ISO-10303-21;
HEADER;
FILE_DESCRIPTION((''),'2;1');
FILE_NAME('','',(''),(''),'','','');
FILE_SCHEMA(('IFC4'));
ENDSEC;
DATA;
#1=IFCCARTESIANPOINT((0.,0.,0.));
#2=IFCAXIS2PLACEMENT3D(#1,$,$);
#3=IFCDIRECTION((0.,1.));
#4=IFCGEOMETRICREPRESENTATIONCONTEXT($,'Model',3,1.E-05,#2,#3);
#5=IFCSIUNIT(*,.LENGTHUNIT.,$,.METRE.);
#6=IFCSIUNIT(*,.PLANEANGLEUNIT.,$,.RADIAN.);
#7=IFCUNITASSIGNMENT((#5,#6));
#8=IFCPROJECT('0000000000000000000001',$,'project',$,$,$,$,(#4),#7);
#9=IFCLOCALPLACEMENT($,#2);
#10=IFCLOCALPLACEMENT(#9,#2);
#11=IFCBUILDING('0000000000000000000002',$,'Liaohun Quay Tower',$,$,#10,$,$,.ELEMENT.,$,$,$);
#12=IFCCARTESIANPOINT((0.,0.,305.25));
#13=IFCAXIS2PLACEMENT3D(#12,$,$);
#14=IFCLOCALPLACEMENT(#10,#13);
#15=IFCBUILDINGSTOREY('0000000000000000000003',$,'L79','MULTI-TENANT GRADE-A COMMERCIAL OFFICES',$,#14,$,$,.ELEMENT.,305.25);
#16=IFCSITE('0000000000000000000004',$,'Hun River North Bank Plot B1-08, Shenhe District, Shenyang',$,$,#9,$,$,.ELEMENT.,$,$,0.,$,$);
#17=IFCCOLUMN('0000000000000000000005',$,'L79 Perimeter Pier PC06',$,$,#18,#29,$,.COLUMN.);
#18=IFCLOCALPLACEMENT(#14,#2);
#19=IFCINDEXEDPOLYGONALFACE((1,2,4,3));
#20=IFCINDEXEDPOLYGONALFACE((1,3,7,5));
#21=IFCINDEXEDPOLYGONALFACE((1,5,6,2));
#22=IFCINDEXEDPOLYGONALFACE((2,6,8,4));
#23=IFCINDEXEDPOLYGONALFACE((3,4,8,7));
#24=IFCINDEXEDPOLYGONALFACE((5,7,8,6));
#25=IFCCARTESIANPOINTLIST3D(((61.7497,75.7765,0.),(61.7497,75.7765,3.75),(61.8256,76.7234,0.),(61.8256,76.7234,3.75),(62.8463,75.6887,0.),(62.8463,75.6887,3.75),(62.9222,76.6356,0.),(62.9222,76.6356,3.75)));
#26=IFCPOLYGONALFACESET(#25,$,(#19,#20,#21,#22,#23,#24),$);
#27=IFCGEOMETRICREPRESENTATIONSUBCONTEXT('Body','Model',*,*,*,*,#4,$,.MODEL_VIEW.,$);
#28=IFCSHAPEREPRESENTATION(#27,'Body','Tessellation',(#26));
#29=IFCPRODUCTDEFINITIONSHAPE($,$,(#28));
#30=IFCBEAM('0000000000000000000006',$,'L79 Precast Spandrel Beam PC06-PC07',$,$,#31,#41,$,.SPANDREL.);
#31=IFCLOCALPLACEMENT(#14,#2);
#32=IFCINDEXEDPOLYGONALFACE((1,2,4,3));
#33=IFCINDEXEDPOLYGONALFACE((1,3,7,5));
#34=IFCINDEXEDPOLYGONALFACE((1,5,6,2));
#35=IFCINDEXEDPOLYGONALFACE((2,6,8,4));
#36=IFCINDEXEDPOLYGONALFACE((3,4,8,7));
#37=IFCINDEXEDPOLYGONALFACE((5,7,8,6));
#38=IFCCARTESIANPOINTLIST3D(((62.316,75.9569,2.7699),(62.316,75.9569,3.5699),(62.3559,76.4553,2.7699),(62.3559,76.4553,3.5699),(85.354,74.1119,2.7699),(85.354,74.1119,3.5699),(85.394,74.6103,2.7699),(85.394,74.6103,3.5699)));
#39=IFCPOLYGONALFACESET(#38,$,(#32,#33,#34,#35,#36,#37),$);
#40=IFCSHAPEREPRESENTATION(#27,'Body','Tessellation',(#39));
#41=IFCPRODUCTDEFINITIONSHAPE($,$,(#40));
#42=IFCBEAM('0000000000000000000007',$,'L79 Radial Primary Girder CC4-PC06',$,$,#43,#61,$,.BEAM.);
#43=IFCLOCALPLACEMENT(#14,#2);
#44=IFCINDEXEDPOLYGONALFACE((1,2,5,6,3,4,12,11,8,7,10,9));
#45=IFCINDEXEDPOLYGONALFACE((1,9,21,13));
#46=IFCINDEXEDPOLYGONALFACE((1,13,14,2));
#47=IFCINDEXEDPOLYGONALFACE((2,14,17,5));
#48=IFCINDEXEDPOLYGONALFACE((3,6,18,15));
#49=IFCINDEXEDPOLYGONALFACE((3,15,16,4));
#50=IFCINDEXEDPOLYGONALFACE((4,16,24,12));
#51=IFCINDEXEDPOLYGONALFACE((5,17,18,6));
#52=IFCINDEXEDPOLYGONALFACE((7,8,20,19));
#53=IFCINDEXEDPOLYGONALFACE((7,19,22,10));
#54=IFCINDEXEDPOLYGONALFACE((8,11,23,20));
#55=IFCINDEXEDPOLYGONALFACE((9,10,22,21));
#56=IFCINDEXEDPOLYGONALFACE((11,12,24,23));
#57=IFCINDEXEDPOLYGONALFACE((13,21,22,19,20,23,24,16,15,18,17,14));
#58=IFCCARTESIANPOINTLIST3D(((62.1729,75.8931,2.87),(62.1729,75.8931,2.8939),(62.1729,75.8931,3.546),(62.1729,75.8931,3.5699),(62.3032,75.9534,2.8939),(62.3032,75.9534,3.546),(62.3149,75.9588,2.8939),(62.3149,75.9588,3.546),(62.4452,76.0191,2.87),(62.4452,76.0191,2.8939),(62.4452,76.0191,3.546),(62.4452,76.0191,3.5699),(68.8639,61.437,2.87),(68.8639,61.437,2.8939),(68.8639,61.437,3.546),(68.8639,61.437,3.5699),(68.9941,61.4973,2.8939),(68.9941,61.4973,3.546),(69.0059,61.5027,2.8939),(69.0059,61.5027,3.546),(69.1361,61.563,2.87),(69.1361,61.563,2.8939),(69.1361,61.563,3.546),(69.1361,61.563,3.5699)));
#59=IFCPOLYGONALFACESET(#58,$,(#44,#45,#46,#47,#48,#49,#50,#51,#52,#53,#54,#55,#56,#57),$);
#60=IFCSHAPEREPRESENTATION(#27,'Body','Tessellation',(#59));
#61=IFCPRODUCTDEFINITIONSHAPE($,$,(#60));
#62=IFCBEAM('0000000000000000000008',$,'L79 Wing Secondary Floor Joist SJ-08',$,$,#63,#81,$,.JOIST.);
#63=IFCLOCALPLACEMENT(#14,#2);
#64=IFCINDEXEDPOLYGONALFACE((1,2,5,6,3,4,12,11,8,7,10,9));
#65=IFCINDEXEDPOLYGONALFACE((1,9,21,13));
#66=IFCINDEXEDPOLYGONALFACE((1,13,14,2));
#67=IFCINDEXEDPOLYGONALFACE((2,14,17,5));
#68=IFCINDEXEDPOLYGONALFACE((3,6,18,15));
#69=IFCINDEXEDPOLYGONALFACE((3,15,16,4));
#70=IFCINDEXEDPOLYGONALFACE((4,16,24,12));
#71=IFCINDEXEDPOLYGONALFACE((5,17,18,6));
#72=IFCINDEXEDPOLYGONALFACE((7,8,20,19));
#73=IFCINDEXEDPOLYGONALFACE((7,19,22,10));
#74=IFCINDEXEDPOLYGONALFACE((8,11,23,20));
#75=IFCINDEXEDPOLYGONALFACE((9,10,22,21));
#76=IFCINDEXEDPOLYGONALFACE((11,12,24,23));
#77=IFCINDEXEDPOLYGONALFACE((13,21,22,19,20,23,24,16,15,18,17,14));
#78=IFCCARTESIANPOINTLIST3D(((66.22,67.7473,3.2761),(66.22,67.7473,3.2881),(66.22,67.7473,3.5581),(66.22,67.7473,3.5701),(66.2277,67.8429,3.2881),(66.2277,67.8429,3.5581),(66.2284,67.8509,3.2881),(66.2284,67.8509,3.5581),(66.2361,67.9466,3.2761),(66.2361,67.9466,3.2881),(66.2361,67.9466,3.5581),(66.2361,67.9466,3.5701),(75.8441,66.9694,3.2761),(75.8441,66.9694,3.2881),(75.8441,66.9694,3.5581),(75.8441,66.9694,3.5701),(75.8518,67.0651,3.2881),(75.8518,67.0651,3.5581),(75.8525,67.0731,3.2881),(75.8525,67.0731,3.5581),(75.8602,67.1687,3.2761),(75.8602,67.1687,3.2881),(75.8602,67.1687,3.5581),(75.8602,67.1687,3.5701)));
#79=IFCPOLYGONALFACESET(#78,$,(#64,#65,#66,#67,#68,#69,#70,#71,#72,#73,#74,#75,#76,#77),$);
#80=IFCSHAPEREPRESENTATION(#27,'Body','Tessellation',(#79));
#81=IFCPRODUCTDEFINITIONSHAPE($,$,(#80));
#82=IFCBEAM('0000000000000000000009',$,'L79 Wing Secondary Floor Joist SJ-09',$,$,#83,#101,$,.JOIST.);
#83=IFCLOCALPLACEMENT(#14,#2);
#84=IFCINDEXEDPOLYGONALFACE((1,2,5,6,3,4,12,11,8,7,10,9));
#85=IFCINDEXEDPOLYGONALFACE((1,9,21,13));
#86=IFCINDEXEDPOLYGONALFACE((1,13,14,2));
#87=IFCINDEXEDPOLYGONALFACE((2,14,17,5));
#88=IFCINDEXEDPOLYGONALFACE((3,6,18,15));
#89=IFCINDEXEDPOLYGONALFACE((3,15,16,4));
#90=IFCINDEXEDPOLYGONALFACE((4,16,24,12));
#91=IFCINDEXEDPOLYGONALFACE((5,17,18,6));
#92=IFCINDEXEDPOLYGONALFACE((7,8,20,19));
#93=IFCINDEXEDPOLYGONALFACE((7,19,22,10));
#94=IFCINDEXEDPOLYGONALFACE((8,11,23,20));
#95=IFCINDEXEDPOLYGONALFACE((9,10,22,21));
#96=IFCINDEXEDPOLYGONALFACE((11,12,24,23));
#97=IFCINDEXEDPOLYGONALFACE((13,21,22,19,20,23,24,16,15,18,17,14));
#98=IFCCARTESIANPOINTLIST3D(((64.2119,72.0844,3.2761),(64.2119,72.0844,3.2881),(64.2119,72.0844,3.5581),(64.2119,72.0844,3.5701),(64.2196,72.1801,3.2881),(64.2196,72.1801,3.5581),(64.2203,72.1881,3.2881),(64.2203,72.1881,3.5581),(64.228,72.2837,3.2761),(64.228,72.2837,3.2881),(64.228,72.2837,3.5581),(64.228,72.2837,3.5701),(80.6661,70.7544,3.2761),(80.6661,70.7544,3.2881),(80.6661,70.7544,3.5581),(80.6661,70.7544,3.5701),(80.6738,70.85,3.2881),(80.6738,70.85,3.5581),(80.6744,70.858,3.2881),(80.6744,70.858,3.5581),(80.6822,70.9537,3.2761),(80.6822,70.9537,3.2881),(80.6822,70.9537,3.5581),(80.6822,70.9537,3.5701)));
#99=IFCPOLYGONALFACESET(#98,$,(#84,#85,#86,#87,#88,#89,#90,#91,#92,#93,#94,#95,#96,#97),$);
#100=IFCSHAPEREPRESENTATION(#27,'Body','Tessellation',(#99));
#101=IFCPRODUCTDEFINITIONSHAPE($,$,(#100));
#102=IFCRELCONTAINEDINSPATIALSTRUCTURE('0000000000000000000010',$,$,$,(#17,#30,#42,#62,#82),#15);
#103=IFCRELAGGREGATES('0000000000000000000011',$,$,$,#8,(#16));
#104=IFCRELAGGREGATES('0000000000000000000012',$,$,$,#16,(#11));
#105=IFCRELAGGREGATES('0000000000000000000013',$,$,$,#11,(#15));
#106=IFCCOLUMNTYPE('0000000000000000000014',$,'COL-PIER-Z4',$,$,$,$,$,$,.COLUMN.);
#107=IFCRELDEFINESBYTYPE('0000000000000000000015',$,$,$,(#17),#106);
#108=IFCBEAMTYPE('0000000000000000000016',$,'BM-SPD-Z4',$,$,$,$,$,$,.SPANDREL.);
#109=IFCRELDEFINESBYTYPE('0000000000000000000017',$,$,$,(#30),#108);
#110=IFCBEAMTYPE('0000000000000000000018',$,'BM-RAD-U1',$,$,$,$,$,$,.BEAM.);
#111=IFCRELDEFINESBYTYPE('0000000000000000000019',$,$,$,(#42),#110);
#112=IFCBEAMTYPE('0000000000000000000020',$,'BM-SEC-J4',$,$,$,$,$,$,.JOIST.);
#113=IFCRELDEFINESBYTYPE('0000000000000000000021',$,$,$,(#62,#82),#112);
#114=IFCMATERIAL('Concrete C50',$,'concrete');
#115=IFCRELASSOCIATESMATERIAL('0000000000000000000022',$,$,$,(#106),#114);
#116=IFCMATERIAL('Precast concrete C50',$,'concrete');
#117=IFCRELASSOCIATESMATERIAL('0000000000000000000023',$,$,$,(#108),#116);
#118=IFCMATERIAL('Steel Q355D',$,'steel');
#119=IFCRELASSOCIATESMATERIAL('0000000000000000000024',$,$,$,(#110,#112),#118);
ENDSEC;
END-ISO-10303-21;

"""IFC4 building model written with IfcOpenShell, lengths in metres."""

from ifc_helpers import new_model, si_unit, direction, frame, origin, origin_2d, place, context, subcontext, project, spatial, rectangle, i_section, extrude, source, transform, mapped, material, material_profile, profile_set, type_object, element, save


model = new_model("IFC4")

# Units and contexts
model_context = context("Model", 3, precision=1e-05, world=origin(), true_north=direction((0.0, 1.0)))
body_context = subcontext(model_context, "Body", "Model", "MODEL_VIEW")
ifc_project = project(units=[si_unit("LENGTHUNIT", "METRE"), si_unit("PLANEANGLEUNIT", "RADIAN")], contexts=[model_context])

# Site, building, storey
site_placement = place(None, origin())
site = spatial("IfcSite", under=ifc_project, at=site_placement, Name="Hun River North Bank Plot B1-08, Shenhe District, Shenyang", CompositionType="ELEMENT", RefElevation=0.0)
building_placement = place(site_placement, origin())
building = spatial("IfcBuilding", under=site, at=building_placement, Name="Liaohun Quay Tower", CompositionType="ELEMENT")
storey_placement = place(building_placement, frame((0.0, 0.0, 305.25)))
storey = spatial("IfcBuildingStorey", under=building, at=storey_placement, Name="L79", Description="MULTI-TENANT GRADE-A COMMERCIAL OFFICES", CompositionType="ELEMENT", Elevation=305.25)

# Column
ifc_material_1 = material(Name="Concrete C50", Category="concrete")
ifc_material_profile_1 = material_profile(ifc_material_1, rectangle(XDim=1.1001, YDim=0.95, at=origin_2d()), Name="RC1100x950")
ifc_profile_set_1 = profile_set([ifc_material_profile_1], Name="Concrete C50")
column_type = type_object("IfcColumnType", Name="COL-PIER-Z4", PredefinedType="COLUMN", material=ifc_profile_set_1)
shared_shape_1 = source(origin(), body_context, "Body", "SweptSolid", [
    extrude(rectangle(XDim=1.1001, YDim=0.95, at=origin_2d()), origin(), (0.0, 0.0, 1.0), 3.75),
])
column_placement = place(storey_placement, frame((62.3359, 76.2061, 0.0), z_axis=(0.0, 0.0, 1.0), x_axis=(-0.996807, 0.079851, 0.0)))
element("IfcColumn", 1, at=column_placement, inside=storey, type_object=column_type, Name="L79 Perimeter Pier PC06", PredefinedType="COLUMN", context=body_context, shape_type="MappedRepresentation", body=[
    mapped(shared_shape_1, transform((0.0, 0.0, 0.0), x_axis=(1.0, 0.0, 0.0), y_axis=(0.0, 1.0, 0.0), z_axis=(0.0, 0.0, 1.0), scale=1.0)),
])

# Beams
ifc_material_2 = material(Name="Precast concrete C50", Category="concrete")
ifc_material_profile_2 = material_profile(ifc_material_2, rectangle(XDim=0.5, YDim=0.8, at=origin_2d()), Name="RC500x800")
ifc_profile_set_2 = profile_set([ifc_material_profile_2], Name="Precast concrete C50")
beam_type_1 = type_object("IfcBeamType", Name="BM-SPD-Z4", PredefinedType="SPANDREL", material=ifc_profile_set_2)
shared_shape_2 = source(origin(), body_context, "Body", "SweptSolid", [
    extrude(rectangle(XDim=0.5, YDim=0.8, at=origin_2d()), origin(), (0.0, 0.0, 1.0), 23.1118),
])
beam_1_placement = place(storey_placement, frame((62.3359, 76.2061, 3.1699), z_axis=(0.996809, -0.079828, 0.0), x_axis=(0.079828, 0.996809, 0.0)))
element("IfcBeam", 2, at=beam_1_placement, inside=storey, type_object=beam_type_1, Name="L79 Precast Spandrel Beam PC06-PC07", PredefinedType="SPANDREL", context=body_context, shape_type="MappedRepresentation", body=[
    mapped(shared_shape_2, transform((0.0, 0.0, 0.0), x_axis=(1.0, 0.0, 0.0), y_axis=(0.0, 1.0, 0.0), z_axis=(0.0, 0.0, 1.0), scale=1.0)),
])
ifc_material_3 = material(Name="Steel Q355D", Category="steel")
ifc_material_profile_3 = material_profile(ifc_material_3, i_section(OverallWidth=0.3, OverallDepth=0.7, WebThickness=0.0129, FlangeThickness=0.0239, at=origin_2d()), Name="HN700x300x13x24")
ifc_profile_set_3 = profile_set([ifc_material_profile_3], Name="Steel Q355D")
beam_type_2 = type_object("IfcBeamType", Name="BM-RAD-U1", PredefinedType="BEAM", material=ifc_profile_set_3)
shared_shape_3 = source(origin(), body_context, "Body", "SweptSolid", [
    extrude(i_section(OverallWidth=0.3, OverallDepth=0.7, WebThickness=0.0129, FlangeThickness=0.0239, at=origin_2d()), origin(), (0.0, 0.0, 1.0), 15.9294),
])
beam_2_placement = place(storey_placement, frame((69.0, 61.5, 3.22), z_axis=(-0.420036, 0.907508, 0.0), x_axis=(-0.907508, -0.420036, 0.0)))
element("IfcBeam", 3, at=beam_2_placement, inside=storey, type_object=beam_type_2, Name="L79 Radial Primary Girder CC4-PC06", PredefinedType="BEAM", context=body_context, shape_type="MappedRepresentation", body=[
    mapped(shared_shape_3, transform((0.0, 0.0, 0.0), x_axis=(1.0, 0.0, 0.0), y_axis=(0.0, 1.0, 0.0), z_axis=(0.0, 0.0, 1.0), scale=1.0)),
])
ifc_material_profile_4 = material_profile(ifc_material_3, i_section(OverallWidth=0.2, OverallDepth=0.2939, WebThickness=0.0081, FlangeThickness=0.012, at=origin_2d()), Name="HM294x200x8x12")
ifc_profile_set_4 = profile_set([ifc_material_profile_4], Name="Steel Q355D")
beam_type_3 = type_object("IfcBeamType", Name="BM-SEC-J4", PredefinedType="JOIST", material=ifc_profile_set_4)
shared_shape_4 = source(origin(), body_context, "Body", "SweptSolid", [
    extrude(i_section(OverallWidth=0.2, OverallDepth=0.2939, WebThickness=0.0081, FlangeThickness=0.012, at=origin_2d()), origin(), (0.0, 0.0, 1.0), 9.6555),
])
beam_3_placement = place(storey_placement, frame((66.228, 67.8469, 3.4231), z_axis=(0.99675, -0.080559, 0.0), x_axis=(0.080559, 0.99675, 0.0)))
element("IfcBeam", 4, at=beam_3_placement, inside=storey, type_object=beam_type_3, Name="L79 Wing Secondary Floor Joist SJ-08", PredefinedType="JOIST", context=body_context, shape_type="MappedRepresentation", body=[
    mapped(shared_shape_4, transform((0.0, 0.0, 0.0), x_axis=(1.0, 0.0, 0.0), y_axis=(0.0, 1.0, 0.0), z_axis=(0.0, 0.0, 1.0), scale=1.0)),
])
shared_shape_5 = source(origin(), body_context, "Body", "SweptSolid", [
    extrude(i_section(OverallWidth=0.2, OverallDepth=0.2939, WebThickness=0.0081, FlangeThickness=0.012, at=origin_2d()), origin(), (0.0, 0.0, 1.0), 16.5078),
])
beam_4_placement = place(storey_placement, frame((64.22, 72.1841, 3.4231), z_axis=(0.996749, -0.080573, 0.0), x_axis=(0.080573, 0.996749, 0.0)))
element("IfcBeam", 5, at=beam_4_placement, inside=storey, type_object=beam_type_3, Name="L79 Wing Secondary Floor Joist SJ-09", PredefinedType="JOIST", context=body_context, shape_type="MappedRepresentation", body=[
    mapped(shared_shape_5, transform((0.0, 0.0, 0.0), x_axis=(1.0, 0.0, 0.0), y_axis=(0.0, 1.0, 0.0), z_axis=(0.0, 0.0, 1.0), scale=1.0)),
])

save(model, "model.ifc")
